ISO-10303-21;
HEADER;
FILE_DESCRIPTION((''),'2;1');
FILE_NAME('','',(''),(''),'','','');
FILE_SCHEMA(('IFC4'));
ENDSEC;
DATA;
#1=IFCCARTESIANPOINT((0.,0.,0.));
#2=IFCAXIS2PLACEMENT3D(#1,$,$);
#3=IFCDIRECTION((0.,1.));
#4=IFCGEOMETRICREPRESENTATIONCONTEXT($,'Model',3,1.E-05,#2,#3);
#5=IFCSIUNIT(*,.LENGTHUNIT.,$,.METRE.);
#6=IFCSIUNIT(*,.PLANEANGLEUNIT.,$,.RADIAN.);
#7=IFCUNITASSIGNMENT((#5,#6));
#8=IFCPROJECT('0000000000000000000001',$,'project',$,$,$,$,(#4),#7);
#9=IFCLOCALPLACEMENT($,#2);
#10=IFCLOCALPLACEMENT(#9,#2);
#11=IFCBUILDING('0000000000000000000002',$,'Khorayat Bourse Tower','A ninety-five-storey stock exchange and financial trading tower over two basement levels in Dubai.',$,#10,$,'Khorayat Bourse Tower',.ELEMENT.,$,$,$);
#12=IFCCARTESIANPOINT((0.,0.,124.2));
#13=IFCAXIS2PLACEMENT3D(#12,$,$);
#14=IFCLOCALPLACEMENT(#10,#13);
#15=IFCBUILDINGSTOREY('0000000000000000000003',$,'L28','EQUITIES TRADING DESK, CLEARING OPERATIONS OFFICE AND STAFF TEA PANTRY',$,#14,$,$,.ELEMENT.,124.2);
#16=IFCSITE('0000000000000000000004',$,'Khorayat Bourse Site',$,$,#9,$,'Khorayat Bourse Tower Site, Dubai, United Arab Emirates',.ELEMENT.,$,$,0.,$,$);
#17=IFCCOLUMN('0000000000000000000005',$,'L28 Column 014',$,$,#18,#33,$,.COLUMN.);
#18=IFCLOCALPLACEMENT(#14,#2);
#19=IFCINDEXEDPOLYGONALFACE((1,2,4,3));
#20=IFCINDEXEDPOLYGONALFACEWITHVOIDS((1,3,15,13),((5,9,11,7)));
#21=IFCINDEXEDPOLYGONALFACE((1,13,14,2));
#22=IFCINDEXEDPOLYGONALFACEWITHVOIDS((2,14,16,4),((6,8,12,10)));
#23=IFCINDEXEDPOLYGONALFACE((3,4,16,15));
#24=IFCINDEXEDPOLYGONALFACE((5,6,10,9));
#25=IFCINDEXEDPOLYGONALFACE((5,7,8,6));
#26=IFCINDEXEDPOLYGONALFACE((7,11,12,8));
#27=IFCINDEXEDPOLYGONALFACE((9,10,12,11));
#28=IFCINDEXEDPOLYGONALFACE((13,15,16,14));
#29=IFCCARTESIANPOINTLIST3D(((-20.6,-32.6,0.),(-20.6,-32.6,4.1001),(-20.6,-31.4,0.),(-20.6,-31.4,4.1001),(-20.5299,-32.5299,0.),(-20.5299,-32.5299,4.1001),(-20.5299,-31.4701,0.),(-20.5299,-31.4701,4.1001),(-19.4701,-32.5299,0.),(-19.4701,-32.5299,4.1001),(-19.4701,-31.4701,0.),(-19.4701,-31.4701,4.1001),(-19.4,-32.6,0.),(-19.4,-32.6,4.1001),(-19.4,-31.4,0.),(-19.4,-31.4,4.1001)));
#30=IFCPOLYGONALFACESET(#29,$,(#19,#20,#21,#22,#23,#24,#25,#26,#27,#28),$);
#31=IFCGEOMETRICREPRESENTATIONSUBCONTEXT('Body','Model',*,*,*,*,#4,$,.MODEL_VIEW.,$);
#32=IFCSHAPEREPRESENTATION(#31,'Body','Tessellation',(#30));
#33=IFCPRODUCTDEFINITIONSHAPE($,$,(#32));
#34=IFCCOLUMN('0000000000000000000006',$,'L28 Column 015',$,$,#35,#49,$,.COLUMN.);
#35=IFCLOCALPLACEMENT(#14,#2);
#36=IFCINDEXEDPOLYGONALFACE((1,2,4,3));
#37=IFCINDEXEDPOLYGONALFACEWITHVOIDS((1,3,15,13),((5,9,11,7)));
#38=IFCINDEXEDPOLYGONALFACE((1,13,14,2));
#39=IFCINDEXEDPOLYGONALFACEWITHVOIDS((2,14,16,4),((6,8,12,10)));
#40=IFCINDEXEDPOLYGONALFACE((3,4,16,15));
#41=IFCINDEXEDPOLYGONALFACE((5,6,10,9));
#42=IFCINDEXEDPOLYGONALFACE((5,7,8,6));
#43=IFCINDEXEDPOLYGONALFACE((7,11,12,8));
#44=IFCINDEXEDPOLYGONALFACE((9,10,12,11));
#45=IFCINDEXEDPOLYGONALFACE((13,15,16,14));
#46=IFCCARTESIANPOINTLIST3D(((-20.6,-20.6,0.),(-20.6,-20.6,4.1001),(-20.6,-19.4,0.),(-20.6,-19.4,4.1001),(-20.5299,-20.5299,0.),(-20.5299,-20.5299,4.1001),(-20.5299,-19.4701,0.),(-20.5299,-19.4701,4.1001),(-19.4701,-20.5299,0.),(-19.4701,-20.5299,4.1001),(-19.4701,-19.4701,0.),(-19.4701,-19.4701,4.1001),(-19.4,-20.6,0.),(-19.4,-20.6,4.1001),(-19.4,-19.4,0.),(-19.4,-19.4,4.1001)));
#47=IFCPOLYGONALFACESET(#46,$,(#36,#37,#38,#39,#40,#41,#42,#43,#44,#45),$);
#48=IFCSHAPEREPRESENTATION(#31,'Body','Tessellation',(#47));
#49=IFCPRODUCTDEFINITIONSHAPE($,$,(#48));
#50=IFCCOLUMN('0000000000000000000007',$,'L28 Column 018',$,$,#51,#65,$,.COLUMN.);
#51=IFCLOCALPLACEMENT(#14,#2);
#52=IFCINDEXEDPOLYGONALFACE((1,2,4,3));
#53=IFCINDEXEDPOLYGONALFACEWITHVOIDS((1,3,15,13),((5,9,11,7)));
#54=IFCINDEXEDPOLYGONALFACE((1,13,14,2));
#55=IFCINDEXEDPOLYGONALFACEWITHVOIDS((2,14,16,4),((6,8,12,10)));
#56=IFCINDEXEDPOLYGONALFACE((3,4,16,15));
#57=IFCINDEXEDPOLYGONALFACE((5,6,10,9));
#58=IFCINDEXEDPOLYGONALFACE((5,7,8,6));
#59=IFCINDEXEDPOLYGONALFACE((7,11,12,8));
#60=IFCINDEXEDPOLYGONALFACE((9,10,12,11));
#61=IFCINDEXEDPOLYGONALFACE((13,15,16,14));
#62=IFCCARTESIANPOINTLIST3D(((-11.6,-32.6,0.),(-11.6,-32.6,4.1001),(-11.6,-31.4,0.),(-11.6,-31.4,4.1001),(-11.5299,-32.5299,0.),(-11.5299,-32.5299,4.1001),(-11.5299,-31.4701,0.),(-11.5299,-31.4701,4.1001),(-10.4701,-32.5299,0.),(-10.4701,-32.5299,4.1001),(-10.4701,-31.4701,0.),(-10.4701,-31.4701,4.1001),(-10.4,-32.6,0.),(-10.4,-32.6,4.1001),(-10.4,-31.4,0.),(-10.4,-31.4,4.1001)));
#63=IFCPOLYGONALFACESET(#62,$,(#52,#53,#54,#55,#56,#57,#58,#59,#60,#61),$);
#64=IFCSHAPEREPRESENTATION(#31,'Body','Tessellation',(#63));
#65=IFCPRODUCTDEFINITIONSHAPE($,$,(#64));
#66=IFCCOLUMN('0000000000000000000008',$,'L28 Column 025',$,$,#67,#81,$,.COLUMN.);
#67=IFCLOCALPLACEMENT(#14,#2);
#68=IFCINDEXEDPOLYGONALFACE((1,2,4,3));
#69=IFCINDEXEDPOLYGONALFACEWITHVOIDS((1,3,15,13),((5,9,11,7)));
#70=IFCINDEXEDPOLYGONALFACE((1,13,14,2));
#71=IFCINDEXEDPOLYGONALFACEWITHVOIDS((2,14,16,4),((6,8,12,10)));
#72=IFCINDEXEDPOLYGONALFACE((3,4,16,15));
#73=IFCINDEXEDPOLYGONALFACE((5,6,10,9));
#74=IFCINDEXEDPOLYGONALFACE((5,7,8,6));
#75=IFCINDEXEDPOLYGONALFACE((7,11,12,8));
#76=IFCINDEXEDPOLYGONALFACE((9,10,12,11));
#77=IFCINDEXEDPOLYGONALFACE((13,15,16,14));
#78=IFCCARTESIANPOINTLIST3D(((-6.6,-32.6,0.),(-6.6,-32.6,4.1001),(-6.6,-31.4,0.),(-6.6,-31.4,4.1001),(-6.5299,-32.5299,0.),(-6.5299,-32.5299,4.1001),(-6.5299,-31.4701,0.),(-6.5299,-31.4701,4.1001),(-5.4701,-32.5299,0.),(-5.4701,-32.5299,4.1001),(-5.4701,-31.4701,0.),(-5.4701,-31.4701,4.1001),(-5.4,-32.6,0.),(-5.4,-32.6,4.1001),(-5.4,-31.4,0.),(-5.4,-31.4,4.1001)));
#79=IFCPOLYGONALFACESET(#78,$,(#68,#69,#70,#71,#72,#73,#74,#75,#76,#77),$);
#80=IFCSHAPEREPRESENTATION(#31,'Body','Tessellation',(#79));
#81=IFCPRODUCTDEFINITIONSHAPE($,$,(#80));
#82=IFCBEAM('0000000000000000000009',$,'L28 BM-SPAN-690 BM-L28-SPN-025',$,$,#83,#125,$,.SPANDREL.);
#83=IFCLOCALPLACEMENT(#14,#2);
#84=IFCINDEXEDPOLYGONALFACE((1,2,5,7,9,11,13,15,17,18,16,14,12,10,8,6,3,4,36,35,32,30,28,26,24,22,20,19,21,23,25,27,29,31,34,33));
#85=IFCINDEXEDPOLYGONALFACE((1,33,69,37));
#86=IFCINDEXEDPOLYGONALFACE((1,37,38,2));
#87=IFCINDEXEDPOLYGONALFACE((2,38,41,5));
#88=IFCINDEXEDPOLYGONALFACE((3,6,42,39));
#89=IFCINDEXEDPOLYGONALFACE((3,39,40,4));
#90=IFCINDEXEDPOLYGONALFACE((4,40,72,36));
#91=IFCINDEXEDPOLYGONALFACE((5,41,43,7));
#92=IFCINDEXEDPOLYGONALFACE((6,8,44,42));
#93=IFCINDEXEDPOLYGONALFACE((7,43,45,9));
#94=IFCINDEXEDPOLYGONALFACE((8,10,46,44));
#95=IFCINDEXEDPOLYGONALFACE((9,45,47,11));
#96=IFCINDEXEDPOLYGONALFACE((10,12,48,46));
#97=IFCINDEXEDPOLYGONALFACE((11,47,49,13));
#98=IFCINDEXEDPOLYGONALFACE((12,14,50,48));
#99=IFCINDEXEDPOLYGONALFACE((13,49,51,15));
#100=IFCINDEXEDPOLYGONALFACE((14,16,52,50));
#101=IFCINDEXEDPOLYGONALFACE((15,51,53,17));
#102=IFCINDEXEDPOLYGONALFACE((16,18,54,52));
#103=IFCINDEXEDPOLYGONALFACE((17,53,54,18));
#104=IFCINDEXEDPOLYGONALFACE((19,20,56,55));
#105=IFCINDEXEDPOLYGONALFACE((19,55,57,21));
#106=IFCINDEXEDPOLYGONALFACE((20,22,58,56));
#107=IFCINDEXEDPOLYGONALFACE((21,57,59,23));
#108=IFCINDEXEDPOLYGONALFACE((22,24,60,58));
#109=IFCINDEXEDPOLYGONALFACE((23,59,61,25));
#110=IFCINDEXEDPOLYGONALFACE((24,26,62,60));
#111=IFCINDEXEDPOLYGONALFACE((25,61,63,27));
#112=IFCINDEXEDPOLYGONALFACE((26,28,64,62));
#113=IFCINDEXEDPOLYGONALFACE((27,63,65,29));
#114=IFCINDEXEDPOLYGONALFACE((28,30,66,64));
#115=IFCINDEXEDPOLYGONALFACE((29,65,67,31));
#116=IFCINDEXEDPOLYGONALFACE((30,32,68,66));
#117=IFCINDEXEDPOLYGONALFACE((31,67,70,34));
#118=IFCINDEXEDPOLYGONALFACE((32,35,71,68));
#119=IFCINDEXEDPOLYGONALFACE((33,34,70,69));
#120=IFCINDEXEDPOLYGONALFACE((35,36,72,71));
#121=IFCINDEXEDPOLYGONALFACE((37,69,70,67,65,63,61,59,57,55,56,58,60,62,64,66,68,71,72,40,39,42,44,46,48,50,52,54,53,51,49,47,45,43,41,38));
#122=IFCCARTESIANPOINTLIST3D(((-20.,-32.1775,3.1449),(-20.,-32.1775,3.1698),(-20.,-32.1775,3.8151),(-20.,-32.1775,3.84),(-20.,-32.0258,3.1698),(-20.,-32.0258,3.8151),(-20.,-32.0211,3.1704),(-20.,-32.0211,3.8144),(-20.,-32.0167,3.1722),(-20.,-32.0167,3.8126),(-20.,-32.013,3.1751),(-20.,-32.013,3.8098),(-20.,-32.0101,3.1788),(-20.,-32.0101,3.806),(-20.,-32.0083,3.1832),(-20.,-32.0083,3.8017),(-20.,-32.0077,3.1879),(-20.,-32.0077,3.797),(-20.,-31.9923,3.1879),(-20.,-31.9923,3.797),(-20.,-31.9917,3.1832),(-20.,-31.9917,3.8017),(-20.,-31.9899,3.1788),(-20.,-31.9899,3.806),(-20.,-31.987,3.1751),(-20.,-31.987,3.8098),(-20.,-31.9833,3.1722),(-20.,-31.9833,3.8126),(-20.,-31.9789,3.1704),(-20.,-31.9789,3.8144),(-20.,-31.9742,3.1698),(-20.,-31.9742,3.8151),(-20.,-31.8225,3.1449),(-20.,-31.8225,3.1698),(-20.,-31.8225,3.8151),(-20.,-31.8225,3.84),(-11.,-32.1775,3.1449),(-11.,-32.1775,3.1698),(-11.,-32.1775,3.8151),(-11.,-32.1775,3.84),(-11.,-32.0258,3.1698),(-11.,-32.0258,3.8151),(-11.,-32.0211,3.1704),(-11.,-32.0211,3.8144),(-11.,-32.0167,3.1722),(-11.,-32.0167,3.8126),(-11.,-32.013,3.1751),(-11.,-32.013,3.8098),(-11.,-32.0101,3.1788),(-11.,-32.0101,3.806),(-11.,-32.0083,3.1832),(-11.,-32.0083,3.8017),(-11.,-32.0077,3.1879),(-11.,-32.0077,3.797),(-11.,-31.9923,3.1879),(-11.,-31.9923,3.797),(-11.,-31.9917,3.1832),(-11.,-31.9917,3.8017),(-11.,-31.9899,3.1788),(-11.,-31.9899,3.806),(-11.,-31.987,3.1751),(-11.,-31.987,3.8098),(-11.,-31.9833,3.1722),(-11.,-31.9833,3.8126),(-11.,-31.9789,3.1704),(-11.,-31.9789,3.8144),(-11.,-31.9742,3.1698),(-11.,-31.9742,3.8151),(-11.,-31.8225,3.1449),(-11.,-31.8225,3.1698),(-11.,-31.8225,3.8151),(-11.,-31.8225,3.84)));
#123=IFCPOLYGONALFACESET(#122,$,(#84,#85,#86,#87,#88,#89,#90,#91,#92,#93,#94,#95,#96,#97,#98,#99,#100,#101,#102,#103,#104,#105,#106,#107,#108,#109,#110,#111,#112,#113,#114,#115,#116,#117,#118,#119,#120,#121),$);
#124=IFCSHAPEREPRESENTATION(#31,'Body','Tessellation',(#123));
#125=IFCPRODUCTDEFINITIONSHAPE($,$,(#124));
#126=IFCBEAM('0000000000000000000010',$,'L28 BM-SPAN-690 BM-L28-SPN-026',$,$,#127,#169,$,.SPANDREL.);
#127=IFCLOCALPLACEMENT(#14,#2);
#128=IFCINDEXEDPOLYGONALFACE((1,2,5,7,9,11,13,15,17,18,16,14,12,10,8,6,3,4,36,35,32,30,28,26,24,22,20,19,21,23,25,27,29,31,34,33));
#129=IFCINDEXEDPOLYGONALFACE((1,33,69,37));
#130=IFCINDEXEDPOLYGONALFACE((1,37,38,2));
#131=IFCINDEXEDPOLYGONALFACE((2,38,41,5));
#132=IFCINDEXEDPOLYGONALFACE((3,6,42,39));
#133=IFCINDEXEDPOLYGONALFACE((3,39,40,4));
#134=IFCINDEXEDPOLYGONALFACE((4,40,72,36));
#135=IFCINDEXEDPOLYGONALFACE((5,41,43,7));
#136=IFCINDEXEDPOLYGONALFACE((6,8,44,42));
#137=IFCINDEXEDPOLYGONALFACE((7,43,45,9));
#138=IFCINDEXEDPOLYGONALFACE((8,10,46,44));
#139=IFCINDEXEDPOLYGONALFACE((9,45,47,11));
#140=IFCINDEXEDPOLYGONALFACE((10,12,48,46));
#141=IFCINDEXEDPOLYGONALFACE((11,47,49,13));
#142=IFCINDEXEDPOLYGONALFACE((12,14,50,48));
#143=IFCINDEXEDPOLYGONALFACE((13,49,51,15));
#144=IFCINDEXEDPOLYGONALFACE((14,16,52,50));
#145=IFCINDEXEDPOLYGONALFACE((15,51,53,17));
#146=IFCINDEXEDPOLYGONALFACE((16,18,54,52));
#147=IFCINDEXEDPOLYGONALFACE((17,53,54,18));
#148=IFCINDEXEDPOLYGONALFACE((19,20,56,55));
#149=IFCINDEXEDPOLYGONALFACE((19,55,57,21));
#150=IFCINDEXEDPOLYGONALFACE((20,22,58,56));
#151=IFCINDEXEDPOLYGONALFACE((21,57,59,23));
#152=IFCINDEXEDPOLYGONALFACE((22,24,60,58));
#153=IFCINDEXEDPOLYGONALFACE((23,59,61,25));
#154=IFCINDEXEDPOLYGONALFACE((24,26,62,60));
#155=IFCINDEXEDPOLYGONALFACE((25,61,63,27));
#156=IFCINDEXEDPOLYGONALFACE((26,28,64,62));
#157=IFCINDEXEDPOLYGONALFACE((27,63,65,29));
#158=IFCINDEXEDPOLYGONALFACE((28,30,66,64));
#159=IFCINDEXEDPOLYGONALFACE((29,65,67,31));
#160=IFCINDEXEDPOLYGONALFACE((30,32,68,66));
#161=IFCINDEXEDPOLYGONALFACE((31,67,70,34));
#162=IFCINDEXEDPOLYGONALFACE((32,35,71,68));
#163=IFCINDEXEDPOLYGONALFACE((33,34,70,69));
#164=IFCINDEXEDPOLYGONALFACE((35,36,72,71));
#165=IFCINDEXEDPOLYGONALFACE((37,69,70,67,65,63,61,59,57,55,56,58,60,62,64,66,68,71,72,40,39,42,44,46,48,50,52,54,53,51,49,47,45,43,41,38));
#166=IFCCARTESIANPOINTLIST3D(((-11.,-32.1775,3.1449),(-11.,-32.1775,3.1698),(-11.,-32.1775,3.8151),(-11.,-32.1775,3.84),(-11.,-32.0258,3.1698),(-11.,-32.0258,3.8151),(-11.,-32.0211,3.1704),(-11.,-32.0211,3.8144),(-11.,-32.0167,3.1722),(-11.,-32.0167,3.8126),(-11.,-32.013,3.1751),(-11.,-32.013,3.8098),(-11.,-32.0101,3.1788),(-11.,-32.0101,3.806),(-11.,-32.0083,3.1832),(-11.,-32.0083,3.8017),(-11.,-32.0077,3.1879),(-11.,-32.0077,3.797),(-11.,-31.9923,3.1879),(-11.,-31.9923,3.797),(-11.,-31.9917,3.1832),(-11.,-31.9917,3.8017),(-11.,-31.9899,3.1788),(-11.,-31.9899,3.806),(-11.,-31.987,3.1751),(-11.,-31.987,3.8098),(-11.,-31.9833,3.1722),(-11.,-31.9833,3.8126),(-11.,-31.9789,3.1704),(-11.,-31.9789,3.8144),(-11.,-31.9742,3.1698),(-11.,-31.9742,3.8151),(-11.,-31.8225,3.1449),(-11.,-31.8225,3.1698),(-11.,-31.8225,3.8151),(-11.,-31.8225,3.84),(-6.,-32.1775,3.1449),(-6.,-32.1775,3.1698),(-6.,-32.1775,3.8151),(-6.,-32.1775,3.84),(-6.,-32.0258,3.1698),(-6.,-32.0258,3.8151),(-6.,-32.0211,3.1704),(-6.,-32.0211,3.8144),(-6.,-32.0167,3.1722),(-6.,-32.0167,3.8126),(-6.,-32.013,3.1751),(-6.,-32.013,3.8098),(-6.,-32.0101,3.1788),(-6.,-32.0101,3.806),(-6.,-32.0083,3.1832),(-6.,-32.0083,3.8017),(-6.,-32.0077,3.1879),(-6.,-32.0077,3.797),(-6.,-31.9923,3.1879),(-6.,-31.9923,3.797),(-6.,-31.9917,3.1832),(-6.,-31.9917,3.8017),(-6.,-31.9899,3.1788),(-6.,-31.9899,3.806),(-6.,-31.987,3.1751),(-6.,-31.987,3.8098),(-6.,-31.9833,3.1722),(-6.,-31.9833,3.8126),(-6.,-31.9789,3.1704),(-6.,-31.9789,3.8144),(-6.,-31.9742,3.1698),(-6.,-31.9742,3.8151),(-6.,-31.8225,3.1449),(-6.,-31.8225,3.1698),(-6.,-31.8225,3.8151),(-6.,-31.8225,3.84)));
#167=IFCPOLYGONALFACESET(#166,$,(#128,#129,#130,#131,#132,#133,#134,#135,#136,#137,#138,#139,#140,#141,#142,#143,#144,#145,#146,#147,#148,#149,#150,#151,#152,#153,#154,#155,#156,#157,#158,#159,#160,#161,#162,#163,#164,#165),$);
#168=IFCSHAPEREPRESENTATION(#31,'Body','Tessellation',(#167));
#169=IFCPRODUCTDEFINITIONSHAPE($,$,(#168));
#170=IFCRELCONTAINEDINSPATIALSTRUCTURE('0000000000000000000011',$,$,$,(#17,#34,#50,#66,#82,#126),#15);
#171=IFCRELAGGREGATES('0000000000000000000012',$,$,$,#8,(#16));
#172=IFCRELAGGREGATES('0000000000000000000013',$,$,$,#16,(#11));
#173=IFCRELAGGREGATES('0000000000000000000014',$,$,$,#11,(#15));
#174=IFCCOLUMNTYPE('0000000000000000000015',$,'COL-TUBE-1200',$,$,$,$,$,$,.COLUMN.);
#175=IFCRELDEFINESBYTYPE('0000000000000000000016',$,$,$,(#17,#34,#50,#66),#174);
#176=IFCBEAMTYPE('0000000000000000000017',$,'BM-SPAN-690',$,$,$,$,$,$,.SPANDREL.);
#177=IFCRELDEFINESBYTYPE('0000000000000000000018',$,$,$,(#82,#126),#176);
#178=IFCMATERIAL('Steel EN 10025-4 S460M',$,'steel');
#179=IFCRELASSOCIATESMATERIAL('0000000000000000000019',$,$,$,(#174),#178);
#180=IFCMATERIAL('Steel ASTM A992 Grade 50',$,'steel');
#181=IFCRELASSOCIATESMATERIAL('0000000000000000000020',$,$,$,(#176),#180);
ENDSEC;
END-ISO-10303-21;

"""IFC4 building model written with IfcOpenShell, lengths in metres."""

from ifc_helpers import new_model, si_unit, direction, frame, origin, origin_2d, place, context, subcontext, project, spatial, hollow_rectangle, i_section, extrude, source, transform, mapped, material, material_profile, profile_set, type_object, element, save


model = new_model("IFC4")

# Units and contexts
model_context = context("Model", 3, precision=1e-05, world=origin(), true_north=direction((0.0, 1.0)))
body_context = subcontext(model_context, "Body", "Model", "MODEL_VIEW")
ifc_project = project(units=[si_unit("LENGTHUNIT", "METRE"), si_unit("PLANEANGLEUNIT", "RADIAN")], contexts=[model_context])

# Site, building, storey
site_placement = place(None, origin())
site = spatial("IfcSite", under=ifc_project, at=site_placement, Name="Khorayat Bourse Site", LongName="Khorayat Bourse Tower Site, Dubai, United Arab Emirates", CompositionType="ELEMENT", RefElevation=0.0)
building_placement = place(site_placement, origin())
building = spatial("IfcBuilding", under=site, at=building_placement, Name="Khorayat Bourse Tower", Description="A ninety-five-storey stock exchange and financial trading tower over two basement levels in Dubai.", LongName="Khorayat Bourse Tower", CompositionType="ELEMENT")
storey_placement = place(building_placement, frame((0.0, 0.0, 124.2)))
storey = spatial("IfcBuildingStorey", under=building, at=storey_placement, Name="L28", Description="EQUITIES TRADING DESK, CLEARING OPERATIONS OFFICE AND STAFF TEA PANTRY", CompositionType="ELEMENT", Elevation=124.2)

# Columns
ifc_material_1 = material(Name="Steel EN 10025-4 S460M", Category="steel")
ifc_material_profile_1 = material_profile(ifc_material_1, hollow_rectangle(XDim=1.2, YDim=1.2, WallThickness=0.0701, at=origin_2d()), Name="BOX 1200x1200x70")
ifc_profile_set_1 = profile_set([ifc_material_profile_1], Name="Steel EN 10025-4 S460M")
column_type = type_object("IfcColumnType", Name="COL-TUBE-1200", PredefinedType="COLUMN", material=ifc_profile_set_1)
shared_shape_1 = source(origin(), body_context, "Body", "SweptSolid", [
    extrude(hollow_rectangle(XDim=1.2, YDim=1.2, WallThickness=0.0701, at=origin_2d()), origin(), (0.0, 0.0, 1.0), 4.1001),
])
for number, where, z_axis, x_axis, name in (
    (1, (-20.0, -32.0, 0.0), (0.0, 0.0, 1.0), (1.0, 0.0, 0.0), "L28 Column 014"),
    (2, (-20.0, -20.0, 0.0), (0.0, 0.0, 1.0), (1.0, 0.0, 0.0), "L28 Column 015"),
    (3, (-11.0, -32.0, 0.0), (0.0, 0.0, 1.0), (1.0, 0.0, 0.0), "L28 Column 018"),
    (4, (-6.0, -32.0, 0.0), (0.0, 0.0, 1.0), (1.0, 0.0, 0.0), "L28 Column 025"),
):
    element("IfcColumn", number, at=place(storey_placement, frame(where, z_axis=z_axis, x_axis=x_axis)), inside=storey, type_object=column_type, Name=name, PredefinedType="COLUMN", context=body_context, shape_type="MappedRepresentation", body=[
        mapped(shared_shape_1, transform((0.0, 0.0, 0.0), scale=1.0)),
    ])

# Beams
ifc_material_2 = material(Name="Steel ASTM A992 Grade 50", Category="steel")
ifc_material_profile_2 = material_profile(ifc_material_2, i_section(OverallWidth=0.355, OverallDepth=0.6951, WebThickness=0.0154, FlangeThickness=0.0249, FilletRadius=0.0181, at=origin_2d()), Name="W690X217")
ifc_profile_set_2 = profile_set([ifc_material_profile_2], Name="Steel ASTM A992 Grade 50")
beam_type_1 = type_object("IfcBeamType", Name="BM-SPAN-690", PredefinedType="SPANDREL", material=ifc_profile_set_2)
shared_shape_2 = source(origin(), body_context, "Body", "SweptSolid", [
    extrude(i_section(OverallWidth=0.355, OverallDepth=0.6951, WebThickness=0.0154, FlangeThickness=0.0249, FilletRadius=0.0181, at=origin_2d()), origin(), (0.0, 0.0, 1.0), 9.0),
])
beam_1_placement = place(storey_placement, frame((-20.0, -32.0, 3.4924), z_axis=(1.0, 0.0, 0.0), x_axis=(0.0, 1.0, 0.0)))
element("IfcBeam", 5, at=beam_1_placement, inside=storey, type_object=beam_type_1, Name="L28 BM-SPAN-690 BM-L28-SPN-025", PredefinedType="SPANDREL", context=body_context, shape_type="MappedRepresentation", body=[
    mapped(shared_shape_2, transform((0.0, 0.0, 0.0), scale=1.0)),
])
shared_shape_3 = source(origin(), body_context, "Body", "SweptSolid", [
    extrude(i_section(OverallWidth=0.355, OverallDepth=0.6951, WebThickness=0.0154, FlangeThickness=0.0249, FilletRadius=0.0181, at=origin_2d()), origin(), (0.0, 0.0, 1.0), 5.0),
])
beam_2_placement = place(storey_placement, frame((-11.0, -32.0, 3.4924), z_axis=(1.0, 0.0, 0.0), x_axis=(0.0, 1.0, 0.0)))
element("IfcBeam", 6, at=beam_2_placement, inside=storey, type_object=beam_type_1, Name="L28 BM-SPAN-690 BM-L28-SPN-026", PredefinedType="SPANDREL", context=body_context, shape_type="MappedRepresentation", body=[
    mapped(shared_shape_3, transform((0.0, 0.0, 0.0), scale=1.0)),
])

save(model, "model.ifc")
